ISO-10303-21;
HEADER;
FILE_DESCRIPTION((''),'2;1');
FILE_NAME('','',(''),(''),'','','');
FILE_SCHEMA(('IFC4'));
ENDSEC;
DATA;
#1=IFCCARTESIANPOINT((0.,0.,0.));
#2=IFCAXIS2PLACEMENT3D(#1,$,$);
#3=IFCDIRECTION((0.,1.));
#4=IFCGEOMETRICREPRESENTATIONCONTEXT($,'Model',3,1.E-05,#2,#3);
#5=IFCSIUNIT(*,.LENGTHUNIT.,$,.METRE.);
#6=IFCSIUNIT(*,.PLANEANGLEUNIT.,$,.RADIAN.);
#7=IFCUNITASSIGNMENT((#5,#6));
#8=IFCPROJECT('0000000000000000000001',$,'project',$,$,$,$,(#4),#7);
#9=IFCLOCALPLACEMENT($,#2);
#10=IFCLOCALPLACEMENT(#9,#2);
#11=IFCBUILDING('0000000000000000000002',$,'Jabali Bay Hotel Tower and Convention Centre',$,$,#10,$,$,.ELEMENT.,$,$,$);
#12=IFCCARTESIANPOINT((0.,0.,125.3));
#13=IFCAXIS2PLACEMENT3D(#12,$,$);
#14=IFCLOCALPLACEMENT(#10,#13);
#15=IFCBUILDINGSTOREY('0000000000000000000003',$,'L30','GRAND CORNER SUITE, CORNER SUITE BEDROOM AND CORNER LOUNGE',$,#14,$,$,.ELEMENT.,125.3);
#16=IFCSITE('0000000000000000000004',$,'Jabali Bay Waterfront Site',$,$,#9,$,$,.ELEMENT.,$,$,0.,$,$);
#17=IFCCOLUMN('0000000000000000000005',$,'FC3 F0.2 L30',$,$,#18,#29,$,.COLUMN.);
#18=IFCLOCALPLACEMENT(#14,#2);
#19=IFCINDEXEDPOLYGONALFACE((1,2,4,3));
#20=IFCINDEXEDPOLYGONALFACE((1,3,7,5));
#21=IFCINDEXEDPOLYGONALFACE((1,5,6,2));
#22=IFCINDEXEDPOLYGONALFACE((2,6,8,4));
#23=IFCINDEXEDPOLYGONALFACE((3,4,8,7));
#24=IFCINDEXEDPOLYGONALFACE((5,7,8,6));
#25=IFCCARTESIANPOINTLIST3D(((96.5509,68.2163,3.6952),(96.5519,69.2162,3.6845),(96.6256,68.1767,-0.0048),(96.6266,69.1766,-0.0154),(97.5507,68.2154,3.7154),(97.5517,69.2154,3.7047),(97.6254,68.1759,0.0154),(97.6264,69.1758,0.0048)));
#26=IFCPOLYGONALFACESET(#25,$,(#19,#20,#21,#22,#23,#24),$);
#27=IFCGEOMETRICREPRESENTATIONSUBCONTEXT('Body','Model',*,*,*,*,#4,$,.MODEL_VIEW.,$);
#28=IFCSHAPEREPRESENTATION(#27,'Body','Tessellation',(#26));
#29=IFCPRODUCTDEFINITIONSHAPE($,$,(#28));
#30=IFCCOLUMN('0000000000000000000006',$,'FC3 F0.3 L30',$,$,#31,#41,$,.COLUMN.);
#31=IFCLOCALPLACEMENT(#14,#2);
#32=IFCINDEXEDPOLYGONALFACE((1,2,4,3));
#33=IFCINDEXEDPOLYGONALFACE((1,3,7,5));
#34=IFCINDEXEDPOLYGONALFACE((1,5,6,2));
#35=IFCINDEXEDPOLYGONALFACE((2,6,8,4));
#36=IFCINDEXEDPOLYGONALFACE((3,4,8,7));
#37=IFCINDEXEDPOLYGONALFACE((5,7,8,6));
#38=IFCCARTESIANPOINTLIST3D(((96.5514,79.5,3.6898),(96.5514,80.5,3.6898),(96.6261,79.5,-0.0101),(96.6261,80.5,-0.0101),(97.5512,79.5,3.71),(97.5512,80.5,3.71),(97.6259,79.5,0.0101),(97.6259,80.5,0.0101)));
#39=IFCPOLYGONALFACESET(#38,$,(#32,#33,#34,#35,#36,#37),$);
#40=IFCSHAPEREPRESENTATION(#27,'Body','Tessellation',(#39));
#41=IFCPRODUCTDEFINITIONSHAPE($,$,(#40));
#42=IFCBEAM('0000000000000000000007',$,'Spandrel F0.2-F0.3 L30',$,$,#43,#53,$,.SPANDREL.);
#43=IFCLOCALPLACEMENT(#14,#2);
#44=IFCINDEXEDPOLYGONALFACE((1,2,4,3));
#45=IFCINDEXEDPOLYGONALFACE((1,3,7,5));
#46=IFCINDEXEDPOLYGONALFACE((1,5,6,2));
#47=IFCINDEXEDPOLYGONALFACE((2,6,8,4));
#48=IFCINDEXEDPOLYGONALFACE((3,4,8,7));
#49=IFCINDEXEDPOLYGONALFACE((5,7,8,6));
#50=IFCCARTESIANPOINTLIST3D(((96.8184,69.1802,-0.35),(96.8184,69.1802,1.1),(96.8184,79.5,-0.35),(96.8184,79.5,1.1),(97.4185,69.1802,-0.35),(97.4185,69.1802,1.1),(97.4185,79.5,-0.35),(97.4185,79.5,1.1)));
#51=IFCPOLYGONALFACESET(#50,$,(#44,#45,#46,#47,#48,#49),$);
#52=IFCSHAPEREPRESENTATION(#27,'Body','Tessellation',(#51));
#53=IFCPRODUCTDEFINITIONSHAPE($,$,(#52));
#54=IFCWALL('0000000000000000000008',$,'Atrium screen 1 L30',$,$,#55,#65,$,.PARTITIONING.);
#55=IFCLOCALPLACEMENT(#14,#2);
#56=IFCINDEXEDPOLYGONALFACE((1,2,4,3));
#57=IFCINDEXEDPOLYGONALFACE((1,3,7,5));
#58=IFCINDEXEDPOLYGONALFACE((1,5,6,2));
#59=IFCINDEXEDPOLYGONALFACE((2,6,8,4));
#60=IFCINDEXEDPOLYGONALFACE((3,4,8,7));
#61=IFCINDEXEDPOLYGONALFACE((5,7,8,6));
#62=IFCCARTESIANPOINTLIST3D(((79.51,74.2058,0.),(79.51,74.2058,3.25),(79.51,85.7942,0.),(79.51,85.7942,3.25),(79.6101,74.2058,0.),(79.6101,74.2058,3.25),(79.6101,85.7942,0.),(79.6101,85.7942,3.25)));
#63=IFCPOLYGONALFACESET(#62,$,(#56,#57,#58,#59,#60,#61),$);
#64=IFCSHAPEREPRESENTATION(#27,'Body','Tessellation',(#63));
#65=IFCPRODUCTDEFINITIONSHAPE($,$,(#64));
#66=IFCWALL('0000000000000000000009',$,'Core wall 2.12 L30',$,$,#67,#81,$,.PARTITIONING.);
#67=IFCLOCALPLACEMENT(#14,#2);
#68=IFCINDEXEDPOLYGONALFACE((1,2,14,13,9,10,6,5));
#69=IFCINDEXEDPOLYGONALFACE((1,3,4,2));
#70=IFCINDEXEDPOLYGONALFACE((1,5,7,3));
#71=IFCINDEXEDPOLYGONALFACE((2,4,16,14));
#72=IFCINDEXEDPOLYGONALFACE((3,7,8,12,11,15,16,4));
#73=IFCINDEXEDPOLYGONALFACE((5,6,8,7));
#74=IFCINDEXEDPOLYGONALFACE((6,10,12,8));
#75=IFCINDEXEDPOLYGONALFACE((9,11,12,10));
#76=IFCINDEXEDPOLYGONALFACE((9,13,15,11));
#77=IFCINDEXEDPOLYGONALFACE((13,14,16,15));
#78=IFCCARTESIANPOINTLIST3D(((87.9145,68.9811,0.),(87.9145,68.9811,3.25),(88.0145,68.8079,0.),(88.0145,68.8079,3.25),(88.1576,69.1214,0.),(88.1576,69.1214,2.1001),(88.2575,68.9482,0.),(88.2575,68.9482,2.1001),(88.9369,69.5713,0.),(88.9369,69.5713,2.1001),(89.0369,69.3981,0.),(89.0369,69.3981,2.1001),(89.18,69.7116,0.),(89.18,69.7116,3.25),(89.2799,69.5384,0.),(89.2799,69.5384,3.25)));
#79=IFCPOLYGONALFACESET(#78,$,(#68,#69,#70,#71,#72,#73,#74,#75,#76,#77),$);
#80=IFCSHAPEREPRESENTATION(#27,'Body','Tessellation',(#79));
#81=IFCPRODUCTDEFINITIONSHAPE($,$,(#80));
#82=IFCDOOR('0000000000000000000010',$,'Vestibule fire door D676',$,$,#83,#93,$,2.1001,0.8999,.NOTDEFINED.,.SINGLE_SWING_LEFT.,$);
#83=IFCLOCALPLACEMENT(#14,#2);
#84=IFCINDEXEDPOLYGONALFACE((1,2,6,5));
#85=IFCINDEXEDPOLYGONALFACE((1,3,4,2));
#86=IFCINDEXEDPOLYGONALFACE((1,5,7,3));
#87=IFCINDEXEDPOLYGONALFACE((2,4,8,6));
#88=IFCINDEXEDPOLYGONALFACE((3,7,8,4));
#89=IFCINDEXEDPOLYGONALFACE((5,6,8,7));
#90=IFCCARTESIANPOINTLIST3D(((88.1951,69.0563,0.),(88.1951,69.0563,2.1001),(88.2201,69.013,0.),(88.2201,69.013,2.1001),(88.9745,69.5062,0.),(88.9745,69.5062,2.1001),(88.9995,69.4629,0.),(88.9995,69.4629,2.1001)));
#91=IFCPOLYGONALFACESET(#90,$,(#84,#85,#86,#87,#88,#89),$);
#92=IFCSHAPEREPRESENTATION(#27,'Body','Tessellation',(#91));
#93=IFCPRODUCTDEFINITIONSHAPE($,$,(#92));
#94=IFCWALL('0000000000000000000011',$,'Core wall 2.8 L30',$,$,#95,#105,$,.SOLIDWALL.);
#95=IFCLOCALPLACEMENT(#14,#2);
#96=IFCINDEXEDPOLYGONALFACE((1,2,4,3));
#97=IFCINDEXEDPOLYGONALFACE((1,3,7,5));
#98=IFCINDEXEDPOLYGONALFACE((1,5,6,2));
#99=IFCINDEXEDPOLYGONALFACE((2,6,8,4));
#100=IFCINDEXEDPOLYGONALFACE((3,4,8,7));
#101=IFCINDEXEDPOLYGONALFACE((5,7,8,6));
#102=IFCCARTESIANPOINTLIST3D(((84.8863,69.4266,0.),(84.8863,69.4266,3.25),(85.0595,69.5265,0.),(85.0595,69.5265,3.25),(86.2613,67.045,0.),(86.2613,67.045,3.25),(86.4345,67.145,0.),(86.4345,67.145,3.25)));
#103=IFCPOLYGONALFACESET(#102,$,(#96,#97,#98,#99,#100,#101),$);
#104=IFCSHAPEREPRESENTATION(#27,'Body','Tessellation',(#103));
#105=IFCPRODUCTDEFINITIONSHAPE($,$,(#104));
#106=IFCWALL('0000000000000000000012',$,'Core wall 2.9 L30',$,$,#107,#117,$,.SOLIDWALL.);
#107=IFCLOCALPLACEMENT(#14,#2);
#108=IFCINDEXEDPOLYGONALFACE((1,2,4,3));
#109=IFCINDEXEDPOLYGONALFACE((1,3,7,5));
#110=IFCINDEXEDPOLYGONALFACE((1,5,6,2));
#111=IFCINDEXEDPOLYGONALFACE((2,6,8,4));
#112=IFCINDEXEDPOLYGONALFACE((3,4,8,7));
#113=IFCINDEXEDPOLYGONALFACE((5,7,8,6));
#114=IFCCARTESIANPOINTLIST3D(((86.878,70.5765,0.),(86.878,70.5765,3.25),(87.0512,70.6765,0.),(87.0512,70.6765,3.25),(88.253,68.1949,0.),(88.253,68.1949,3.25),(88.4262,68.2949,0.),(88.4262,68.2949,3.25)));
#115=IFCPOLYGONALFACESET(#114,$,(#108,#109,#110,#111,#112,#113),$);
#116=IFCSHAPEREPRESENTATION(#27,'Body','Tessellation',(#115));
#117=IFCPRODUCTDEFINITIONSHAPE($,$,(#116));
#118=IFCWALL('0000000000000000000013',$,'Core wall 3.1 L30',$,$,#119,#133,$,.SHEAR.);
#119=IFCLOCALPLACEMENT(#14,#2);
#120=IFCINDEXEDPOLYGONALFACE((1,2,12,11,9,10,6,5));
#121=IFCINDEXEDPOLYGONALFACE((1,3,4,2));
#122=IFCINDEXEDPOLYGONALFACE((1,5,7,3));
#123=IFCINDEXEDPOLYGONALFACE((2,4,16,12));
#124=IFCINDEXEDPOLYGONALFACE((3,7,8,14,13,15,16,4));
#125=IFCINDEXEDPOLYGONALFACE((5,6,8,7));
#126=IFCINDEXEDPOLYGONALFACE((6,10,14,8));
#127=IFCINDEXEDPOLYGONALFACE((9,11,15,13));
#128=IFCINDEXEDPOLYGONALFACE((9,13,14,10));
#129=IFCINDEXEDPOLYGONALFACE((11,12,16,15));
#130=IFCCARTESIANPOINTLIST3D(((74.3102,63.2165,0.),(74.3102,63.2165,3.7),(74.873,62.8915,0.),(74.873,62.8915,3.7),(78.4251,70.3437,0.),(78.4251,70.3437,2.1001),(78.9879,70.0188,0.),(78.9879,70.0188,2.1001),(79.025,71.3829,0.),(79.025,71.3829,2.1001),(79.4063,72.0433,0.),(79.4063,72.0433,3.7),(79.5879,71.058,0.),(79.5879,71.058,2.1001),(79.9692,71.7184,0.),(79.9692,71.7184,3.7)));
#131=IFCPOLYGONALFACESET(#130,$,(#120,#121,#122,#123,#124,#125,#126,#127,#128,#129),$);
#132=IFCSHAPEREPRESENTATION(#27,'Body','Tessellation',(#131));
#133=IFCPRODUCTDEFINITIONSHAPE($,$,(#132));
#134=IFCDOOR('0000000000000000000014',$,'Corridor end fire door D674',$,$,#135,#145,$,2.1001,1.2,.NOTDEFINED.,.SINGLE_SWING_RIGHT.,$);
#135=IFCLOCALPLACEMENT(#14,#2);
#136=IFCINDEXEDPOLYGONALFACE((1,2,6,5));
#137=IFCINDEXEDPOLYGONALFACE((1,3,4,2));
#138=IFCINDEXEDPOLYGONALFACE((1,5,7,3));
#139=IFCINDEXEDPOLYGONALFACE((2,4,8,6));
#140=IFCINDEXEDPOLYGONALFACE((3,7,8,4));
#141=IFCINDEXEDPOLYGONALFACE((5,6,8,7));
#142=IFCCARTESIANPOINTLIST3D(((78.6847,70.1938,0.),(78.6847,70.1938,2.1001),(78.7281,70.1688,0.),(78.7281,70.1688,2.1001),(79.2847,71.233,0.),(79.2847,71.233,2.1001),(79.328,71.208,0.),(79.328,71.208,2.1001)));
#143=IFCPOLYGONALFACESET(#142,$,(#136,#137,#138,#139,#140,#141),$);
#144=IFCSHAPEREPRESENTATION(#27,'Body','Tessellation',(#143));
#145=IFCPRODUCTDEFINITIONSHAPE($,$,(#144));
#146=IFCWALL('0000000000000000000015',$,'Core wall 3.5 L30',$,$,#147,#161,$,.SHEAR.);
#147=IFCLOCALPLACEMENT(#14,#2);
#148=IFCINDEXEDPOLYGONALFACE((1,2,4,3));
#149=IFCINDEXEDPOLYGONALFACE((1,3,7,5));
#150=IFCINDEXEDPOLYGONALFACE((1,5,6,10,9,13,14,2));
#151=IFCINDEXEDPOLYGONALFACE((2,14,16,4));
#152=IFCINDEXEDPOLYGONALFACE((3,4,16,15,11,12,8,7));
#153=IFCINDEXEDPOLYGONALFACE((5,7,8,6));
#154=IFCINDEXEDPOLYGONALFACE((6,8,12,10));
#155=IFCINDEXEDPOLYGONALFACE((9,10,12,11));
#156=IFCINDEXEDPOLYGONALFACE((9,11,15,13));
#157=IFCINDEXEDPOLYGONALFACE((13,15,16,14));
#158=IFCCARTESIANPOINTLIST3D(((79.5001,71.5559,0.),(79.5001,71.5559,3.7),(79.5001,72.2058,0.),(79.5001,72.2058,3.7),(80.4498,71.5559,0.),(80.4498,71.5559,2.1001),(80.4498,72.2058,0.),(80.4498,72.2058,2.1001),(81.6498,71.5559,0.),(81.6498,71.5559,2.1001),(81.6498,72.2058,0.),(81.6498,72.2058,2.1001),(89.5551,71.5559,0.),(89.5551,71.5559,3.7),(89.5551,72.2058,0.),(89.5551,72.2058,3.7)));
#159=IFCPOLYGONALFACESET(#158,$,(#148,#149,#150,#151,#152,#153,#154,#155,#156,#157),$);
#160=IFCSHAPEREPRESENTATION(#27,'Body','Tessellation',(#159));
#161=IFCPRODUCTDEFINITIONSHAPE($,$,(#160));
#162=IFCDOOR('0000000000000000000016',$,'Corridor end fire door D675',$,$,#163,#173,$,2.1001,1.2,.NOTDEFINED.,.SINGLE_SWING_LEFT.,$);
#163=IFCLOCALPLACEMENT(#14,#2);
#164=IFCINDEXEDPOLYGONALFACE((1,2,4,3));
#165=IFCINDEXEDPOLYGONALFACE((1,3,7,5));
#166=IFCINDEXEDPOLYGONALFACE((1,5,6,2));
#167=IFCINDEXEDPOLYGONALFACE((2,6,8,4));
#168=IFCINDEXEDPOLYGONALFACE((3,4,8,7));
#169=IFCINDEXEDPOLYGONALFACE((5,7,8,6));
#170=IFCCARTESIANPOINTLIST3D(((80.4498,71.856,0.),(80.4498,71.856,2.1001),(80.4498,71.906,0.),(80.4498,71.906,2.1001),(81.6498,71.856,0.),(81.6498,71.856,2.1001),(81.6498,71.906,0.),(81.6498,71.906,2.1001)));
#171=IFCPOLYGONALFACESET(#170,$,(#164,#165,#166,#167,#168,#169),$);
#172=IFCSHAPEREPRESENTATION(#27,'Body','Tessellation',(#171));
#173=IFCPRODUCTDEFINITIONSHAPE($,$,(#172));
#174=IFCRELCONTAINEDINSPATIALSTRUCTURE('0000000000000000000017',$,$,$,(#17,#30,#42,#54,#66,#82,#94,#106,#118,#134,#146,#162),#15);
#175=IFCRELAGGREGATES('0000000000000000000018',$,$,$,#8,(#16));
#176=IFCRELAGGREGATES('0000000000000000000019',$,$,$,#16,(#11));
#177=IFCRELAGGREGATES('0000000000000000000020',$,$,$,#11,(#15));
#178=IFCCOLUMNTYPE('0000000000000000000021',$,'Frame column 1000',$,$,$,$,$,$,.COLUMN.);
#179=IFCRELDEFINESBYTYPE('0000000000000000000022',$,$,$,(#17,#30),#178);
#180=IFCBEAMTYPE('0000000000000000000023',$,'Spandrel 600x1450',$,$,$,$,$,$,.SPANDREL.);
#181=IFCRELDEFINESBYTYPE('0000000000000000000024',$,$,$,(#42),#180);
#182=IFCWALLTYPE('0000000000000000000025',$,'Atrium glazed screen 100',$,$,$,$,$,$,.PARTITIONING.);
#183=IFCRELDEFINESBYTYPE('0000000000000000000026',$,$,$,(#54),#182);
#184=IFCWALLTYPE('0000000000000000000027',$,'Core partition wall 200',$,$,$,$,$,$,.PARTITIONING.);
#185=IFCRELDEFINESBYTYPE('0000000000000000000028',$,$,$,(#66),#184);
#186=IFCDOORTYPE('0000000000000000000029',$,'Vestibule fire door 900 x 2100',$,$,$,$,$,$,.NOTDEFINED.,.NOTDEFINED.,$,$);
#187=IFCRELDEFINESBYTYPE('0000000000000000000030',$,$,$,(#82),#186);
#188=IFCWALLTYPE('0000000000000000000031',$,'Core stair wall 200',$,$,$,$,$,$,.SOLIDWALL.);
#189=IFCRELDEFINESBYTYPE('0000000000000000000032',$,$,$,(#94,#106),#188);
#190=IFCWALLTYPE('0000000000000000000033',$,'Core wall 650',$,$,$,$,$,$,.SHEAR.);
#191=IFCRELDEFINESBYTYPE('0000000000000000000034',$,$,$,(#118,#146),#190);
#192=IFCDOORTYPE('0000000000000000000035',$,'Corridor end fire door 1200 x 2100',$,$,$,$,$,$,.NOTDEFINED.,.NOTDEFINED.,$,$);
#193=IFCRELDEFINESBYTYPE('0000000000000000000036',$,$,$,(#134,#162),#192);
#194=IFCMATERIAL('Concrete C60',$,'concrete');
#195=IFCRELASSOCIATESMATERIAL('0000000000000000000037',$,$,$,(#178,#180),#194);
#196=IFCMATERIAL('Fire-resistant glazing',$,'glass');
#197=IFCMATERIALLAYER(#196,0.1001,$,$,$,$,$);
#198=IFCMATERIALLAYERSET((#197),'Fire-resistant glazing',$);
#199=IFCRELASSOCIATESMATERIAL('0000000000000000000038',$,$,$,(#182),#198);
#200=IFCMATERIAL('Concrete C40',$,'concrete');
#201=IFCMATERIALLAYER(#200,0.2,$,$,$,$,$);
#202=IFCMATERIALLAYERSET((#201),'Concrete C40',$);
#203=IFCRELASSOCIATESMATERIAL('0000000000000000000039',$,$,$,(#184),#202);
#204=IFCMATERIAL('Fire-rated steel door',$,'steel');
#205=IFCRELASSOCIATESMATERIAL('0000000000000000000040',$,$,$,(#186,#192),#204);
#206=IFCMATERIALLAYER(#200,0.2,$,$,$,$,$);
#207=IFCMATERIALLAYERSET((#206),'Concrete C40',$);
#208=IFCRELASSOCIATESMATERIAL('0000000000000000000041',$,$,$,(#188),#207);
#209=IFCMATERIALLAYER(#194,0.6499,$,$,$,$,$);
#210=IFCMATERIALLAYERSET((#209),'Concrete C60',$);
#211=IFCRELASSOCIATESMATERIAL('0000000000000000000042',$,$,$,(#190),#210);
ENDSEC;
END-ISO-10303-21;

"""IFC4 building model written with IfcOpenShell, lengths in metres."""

from ifc_helpers import new_model, si_unit, direction, frame, frame_2d, origin, origin_2d, place, context, subcontext, project, spatial, rectangle, extrude, material, layer, layer_set, material_profile, profile_set, type_object, element, fill, save


model = new_model("IFC4")

# Units and contexts
model_context = context("Model", 3, precision=1e-05, world=origin(), true_north=direction((0.0, 1.0)))
body_context = subcontext(model_context, "Body", "Model", "MODEL_VIEW")
ifc_project = project(units=[si_unit("LENGTHUNIT", "METRE"), si_unit("PLANEANGLEUNIT", "RADIAN")], contexts=[model_context])

# Site, building, storey
site_placement = place(None, origin())
site = spatial("IfcSite", under=ifc_project, at=site_placement, Name="Jabali Bay Waterfront Site", CompositionType="ELEMENT", RefElevation=0.0)
building_placement = place(site_placement, origin())
building = spatial("IfcBuilding", under=site, at=building_placement, Name="Jabali Bay Hotel Tower and Convention Centre", CompositionType="ELEMENT")
storey_placement = place(building_placement, frame((0.0, 0.0, 125.3)))
storey = spatial("IfcBuildingStorey", under=building, at=storey_placement, Name="L30", Description="GRAND CORNER SUITE, CORNER SUITE BEDROOM AND CORNER LOUNGE", CompositionType="ELEMENT", Elevation=125.3)

# Columns
ifc_material_1 = material(Name="Concrete C60", Category="concrete")
ifc_material_profile_1 = material_profile(ifc_material_1, rectangle(XDim=1.0, YDim=1.0, at=origin_2d()), Name="Frame column 1000")
ifc_profile_set_1 = profile_set([ifc_material_profile_1], Name="Concrete C60")
column_type = type_object("IfcColumnType", Name="Frame column 1000", PredefinedType="COLUMN", material=ifc_profile_set_1)
column_1_placement = place(storey_placement, frame((97.126, 68.6763, 0.0), z_axis=(-0.020186, 0.010687, 0.999739), x_axis=(-0.001023, -0.999943, 0.010668)))
element("IfcColumn", 1, at=column_1_placement, inside=storey, type_object=column_type, Name="FC3 F0.2 L30", PredefinedType="COLUMN", context=body_context, shape_type="SweptSolid", body=[
    extrude(rectangle(XDim=1.0, YDim=1.0, at=origin_2d()), origin(), (0.0, 0.0, 1.0), 3.7009),
])
column_2_placement = place(storey_placement, frame((97.126, 80.0, 0.0), z_axis=(-0.020187, 0.0, 0.999796), x_axis=(0.0, -1.0, 0.0)))
element("IfcColumn", 2, at=column_2_placement, inside=storey, type_object=column_type, Name="FC3 F0.3 L30", PredefinedType="COLUMN", context=body_context, shape_type="SweptSolid", body=[
    extrude(rectangle(XDim=1.0, YDim=1.0, at=origin_2d()), origin(), (0.0, 0.0, 1.0), 3.7007),
])

# Beam
ifc_material_profile_2 = material_profile(ifc_material_1, rectangle(XDim=0.6001, YDim=1.45, at=origin_2d()), Name="Spandrel 600x1450")
ifc_profile_set_2 = profile_set([ifc_material_profile_2], Name="Concrete C60")
beam_type = type_object("IfcBeamType", Name="Spandrel 600x1450", PredefinedType="SPANDREL", material=ifc_profile_set_2)
beam_placement = place(storey_placement, frame((97.1184, 69.1802, 0.375), z_axis=(0.0, 1.0, 0.0), x_axis=(-1.0, 0.0, 0.0)))
element("IfcBeam", 3, at=beam_placement, inside=storey, type_object=beam_type, Name="Spandrel F0.2-F0.3 L30", PredefinedType="SPANDREL", context=body_context, shape_type="SweptSolid", body=[
    extrude(rectangle(XDim=0.6001, YDim=1.45, at=origin_2d()), origin(), (0.0, 0.0, 1.0), 10.3198),
])

# Wall
ifc_material_2 = material(Name="Fire-resistant glazing", Category="glass")
ifc_layer_1 = layer(ifc_material_2, 0.1001)
ifc_layer_set_1 = layer_set([ifc_layer_1], Name="Fire-resistant glazing")
wall_type_1 = type_object("IfcWallType", Name="Atrium glazed screen 100", PredefinedType="PARTITIONING", material=ifc_layer_set_1)
wall_1_placement = place(storey_placement, frame((79.5601, 74.2058, 0.0), z_axis=(0.0, 0.0, 1.0), x_axis=(0.0, 1.0, 0.0)))
element("IfcWall", 4, at=wall_1_placement, inside=storey, type_object=wall_type_1, Name="Atrium screen 1 L30", PredefinedType="PARTITIONING", context=body_context, shape_type="SweptSolid", body=[
    extrude(rectangle(XDim=11.5884, YDim=0.1001, at=frame_2d((5.7942, 0.0))), origin(), (0.0, 0.0, 1.0), 3.25),
])

# Wall, opening, door
ifc_material_3 = material(Name="Concrete C40", Category="concrete")
ifc_layer_2 = layer(ifc_material_3, 0.2)
ifc_layer_set_2 = layer_set([ifc_layer_2], Name="Concrete C40")
wall_type_2 = type_object("IfcWallType", Name="Core partition wall 200", PredefinedType="PARTITIONING", material=ifc_layer_set_2)
wall_2_placement = place(storey_placement, frame((87.9646, 68.8945, 0.0), z_axis=(0.0, 0.0, 1.0), x_axis=(0.866055, 0.499949, 0.0)))
wall_2 = element("IfcWall", 5, at=wall_2_placement, inside=storey, type_object=wall_type_2, Name="Core wall 2.12 L30", PredefinedType="PARTITIONING", context=body_context, shape_type="SweptSolid", body=[
    extrude(rectangle(XDim=1.4612, YDim=0.2, at=frame_2d((0.7305, 0.0))), origin(), (0.0, 0.0, 1.0), 3.25),
])
opening_1_placement = place(wall_2_placement, frame((0.2805, 0.0, 0.0)))
opening_1 = element("IfcOpeningElement", 6, at=opening_1_placement, cuts=wall_2, PredefinedType="OPENING", context=body_context, shape_type="SweptSolid", body=[
    extrude(rectangle(XDim=0.8999, YDim=2.1001, at=frame_2d((0.45, 1.05))), frame((0.0, 0.1104, 0.0), z_axis=(0.0, -1.0, 0.0), x_axis=(1.0, 0.0, 0.0)), (0.0, 0.0, 1.0), 0.2209),
])
ifc_material_4 = material(Name="Fire-rated steel door", Category="steel")
door_type_1 = type_object("IfcDoorType", Name="Vestibule fire door 900 x 2100", OperationType="NOTDEFINED", PredefinedType="NOTDEFINED", material=ifc_material_4)
door_1_placement = place(opening_1_placement, origin())
door_1 = element("IfcDoor", 7, at=door_1_placement, inside=storey, type_object=door_type_1, Name="Vestibule fire door D676", OperationType="SINGLE_SWING_LEFT", OverallHeight=2.1001, OverallWidth=0.8999, PredefinedType="NOTDEFINED", context=body_context, shape_type="SweptSolid", body=[
    extrude(rectangle(XDim=0.8999, YDim=2.1001, at=frame_2d((0.45, 1.05))), frame((0.0, 0.0249, 0.0), z_axis=(0.0, -1.0, 0.0), x_axis=(1.0, 0.0, 0.0)), (0.0, 0.0, 1.0), 0.05),
])
fill(opening_1, door_1)

# Walls
ifc_layer_3 = layer(ifc_material_3, 0.2)
ifc_layer_set_3 = layer_set([ifc_layer_3], Name="Concrete C40")
wall_type_3 = type_object("IfcWallType", Name="Core stair wall 200", PredefinedType="SOLIDWALL", material=ifc_layer_set_3)
for number, where, z_axis, x_axis, name in (
    (8, (84.9729, 69.4766, 0.0), (0.0, 0.0, 1.0), (0.499997, -0.866027, 0.0), "Core wall 2.8 L30"),
    (9, (86.9646, 70.6265, 0.0), (0.0, 0.0, 1.0), (0.499997, -0.866027, 0.0), "Core wall 2.9 L30"),
):
    element("IfcWall", number, at=place(storey_placement, frame(where, z_axis=z_axis, x_axis=x_axis)), inside=storey, type_object=wall_type_3, Name=name, PredefinedType="SOLIDWALL", context=body_context, shape_type="SweptSolid", body=[
        extrude(rectangle(XDim=2.75, YDim=0.2, at=frame_2d((1.375, 0.0))), origin(), (0.0, 0.0, 1.0), 3.25),
    ])

# Walls, openings, doors
ifc_layer_4 = layer(ifc_material_1, 0.6499)
ifc_layer_set_4 = layer_set([ifc_layer_4], Name="Concrete C60")
wall_type_4 = type_object("IfcWallType", Name="Core wall 650", PredefinedType="SHEAR", material=ifc_layer_set_4)
wall_3_placement = place(storey_placement, frame((79.6877, 71.8809, 0.0), z_axis=(0.0, 0.0, 1.0), x_axis=(-0.499998, -0.866026, 0.0)))
wall_3 = element("IfcWall", 10, at=wall_3_placement, inside=storey, type_object=wall_type_4, Name="Core wall 3.1 L30", PredefinedType="SHEAR", context=body_context, shape_type="SweptSolid", body=[
    extrude(rectangle(XDim=10.1924, YDim=0.6499, at=frame_2d((5.0962, 0.0))), origin(), (0.0, 0.0, 1.0), 3.7),
])
opening_2_placement = place(wall_3_placement, frame((0.7625, 0.0, 0.0)))
opening_2 = element("IfcOpeningElement", 11, at=opening_2_placement, cuts=wall_3, PredefinedType="OPENING", context=body_context, shape_type="SweptSolid", body=[
    extrude(rectangle(XDim=1.2, YDim=2.1001, at=frame_2d((0.6001, 1.05))), frame((0.0, 0.3354, 0.0), z_axis=(0.0, -1.0, 0.0), x_axis=(1.0, 0.0, 0.0)), (0.0, 0.0, 1.0), 0.6709),
])
door_type_2 = type_object("IfcDoorType", Name="Corridor end fire door 1200 x 2100", OperationType="NOTDEFINED", PredefinedType="NOTDEFINED", material=ifc_material_4)
door_2_placement = place(opening_2_placement, origin())
door_2 = element("IfcDoor", 12, at=door_2_placement, inside=storey, type_object=door_type_2, Name="Corridor end fire door D674", OperationType="SINGLE_SWING_RIGHT", OverallHeight=2.1001, OverallWidth=1.2, PredefinedType="NOTDEFINED", context=body_context, shape_type="SweptSolid", body=[
    extrude(rectangle(XDim=1.2, YDim=2.1001, at=frame_2d((0.6001, 1.05))), frame((0.0, 0.0249, 0.0), z_axis=(0.0, -1.0, 0.0), x_axis=(1.0, 0.0, 0.0)), (0.0, 0.0, 1.0), 0.05),
])
fill(opening_2, door_2)
wall_4_placement = place(storey_placement, frame((89.5549, 71.8809, 0.0), z_axis=(0.0, 0.0, 1.0), x_axis=(-1.0, 0.0, 0.0)))
wall_4 = element("IfcWall", 13, at=wall_4_placement, inside=storey, type_object=wall_type_4, Name="Core wall 3.5 L30", PredefinedType="SHEAR", context=body_context, shape_type="SweptSolid", body=[
    extrude(rectangle(XDim=10.0549, YDim=0.6499, at=frame_2d((5.0273, 0.0))), origin(), (0.0, 0.0, 1.0), 3.7),
])
opening_3_placement = place(wall_4_placement, frame((7.905, 0.0, 0.0)))
opening_3 = element("IfcOpeningElement", 14, at=opening_3_placement, cuts=wall_4, PredefinedType="OPENING", context=body_context, shape_type="SweptSolid", body=[
    extrude(rectangle(XDim=1.2, YDim=2.1001, at=frame_2d((0.6001, 1.05))), frame((0.0, 0.3354, 0.0), z_axis=(0.0, -1.0, 0.0), x_axis=(1.0, 0.0, 0.0)), (0.0, 0.0, 1.0), 0.6709),
])
door_3_placement = place(opening_3_placement, origin())
door_3 = element("IfcDoor", 15, at=door_3_placement, inside=storey, type_object=door_type_2, Name="Corridor end fire door D675", OperationType="SINGLE_SWING_LEFT", OverallHeight=2.1001, OverallWidth=1.2, PredefinedType="NOTDEFINED", context=body_context, shape_type="SweptSolid", body=[
    extrude(rectangle(XDim=1.2, YDim=2.1001, at=frame_2d((0.6001, 1.05))), frame((0.0, 0.0249, 0.0), z_axis=(0.0, -1.0, 0.0), x_axis=(1.0, 0.0, 0.0)), (0.0, 0.0, 1.0), 0.05),
])
fill(opening_3, door_3)

save(model, "model.ifc")
